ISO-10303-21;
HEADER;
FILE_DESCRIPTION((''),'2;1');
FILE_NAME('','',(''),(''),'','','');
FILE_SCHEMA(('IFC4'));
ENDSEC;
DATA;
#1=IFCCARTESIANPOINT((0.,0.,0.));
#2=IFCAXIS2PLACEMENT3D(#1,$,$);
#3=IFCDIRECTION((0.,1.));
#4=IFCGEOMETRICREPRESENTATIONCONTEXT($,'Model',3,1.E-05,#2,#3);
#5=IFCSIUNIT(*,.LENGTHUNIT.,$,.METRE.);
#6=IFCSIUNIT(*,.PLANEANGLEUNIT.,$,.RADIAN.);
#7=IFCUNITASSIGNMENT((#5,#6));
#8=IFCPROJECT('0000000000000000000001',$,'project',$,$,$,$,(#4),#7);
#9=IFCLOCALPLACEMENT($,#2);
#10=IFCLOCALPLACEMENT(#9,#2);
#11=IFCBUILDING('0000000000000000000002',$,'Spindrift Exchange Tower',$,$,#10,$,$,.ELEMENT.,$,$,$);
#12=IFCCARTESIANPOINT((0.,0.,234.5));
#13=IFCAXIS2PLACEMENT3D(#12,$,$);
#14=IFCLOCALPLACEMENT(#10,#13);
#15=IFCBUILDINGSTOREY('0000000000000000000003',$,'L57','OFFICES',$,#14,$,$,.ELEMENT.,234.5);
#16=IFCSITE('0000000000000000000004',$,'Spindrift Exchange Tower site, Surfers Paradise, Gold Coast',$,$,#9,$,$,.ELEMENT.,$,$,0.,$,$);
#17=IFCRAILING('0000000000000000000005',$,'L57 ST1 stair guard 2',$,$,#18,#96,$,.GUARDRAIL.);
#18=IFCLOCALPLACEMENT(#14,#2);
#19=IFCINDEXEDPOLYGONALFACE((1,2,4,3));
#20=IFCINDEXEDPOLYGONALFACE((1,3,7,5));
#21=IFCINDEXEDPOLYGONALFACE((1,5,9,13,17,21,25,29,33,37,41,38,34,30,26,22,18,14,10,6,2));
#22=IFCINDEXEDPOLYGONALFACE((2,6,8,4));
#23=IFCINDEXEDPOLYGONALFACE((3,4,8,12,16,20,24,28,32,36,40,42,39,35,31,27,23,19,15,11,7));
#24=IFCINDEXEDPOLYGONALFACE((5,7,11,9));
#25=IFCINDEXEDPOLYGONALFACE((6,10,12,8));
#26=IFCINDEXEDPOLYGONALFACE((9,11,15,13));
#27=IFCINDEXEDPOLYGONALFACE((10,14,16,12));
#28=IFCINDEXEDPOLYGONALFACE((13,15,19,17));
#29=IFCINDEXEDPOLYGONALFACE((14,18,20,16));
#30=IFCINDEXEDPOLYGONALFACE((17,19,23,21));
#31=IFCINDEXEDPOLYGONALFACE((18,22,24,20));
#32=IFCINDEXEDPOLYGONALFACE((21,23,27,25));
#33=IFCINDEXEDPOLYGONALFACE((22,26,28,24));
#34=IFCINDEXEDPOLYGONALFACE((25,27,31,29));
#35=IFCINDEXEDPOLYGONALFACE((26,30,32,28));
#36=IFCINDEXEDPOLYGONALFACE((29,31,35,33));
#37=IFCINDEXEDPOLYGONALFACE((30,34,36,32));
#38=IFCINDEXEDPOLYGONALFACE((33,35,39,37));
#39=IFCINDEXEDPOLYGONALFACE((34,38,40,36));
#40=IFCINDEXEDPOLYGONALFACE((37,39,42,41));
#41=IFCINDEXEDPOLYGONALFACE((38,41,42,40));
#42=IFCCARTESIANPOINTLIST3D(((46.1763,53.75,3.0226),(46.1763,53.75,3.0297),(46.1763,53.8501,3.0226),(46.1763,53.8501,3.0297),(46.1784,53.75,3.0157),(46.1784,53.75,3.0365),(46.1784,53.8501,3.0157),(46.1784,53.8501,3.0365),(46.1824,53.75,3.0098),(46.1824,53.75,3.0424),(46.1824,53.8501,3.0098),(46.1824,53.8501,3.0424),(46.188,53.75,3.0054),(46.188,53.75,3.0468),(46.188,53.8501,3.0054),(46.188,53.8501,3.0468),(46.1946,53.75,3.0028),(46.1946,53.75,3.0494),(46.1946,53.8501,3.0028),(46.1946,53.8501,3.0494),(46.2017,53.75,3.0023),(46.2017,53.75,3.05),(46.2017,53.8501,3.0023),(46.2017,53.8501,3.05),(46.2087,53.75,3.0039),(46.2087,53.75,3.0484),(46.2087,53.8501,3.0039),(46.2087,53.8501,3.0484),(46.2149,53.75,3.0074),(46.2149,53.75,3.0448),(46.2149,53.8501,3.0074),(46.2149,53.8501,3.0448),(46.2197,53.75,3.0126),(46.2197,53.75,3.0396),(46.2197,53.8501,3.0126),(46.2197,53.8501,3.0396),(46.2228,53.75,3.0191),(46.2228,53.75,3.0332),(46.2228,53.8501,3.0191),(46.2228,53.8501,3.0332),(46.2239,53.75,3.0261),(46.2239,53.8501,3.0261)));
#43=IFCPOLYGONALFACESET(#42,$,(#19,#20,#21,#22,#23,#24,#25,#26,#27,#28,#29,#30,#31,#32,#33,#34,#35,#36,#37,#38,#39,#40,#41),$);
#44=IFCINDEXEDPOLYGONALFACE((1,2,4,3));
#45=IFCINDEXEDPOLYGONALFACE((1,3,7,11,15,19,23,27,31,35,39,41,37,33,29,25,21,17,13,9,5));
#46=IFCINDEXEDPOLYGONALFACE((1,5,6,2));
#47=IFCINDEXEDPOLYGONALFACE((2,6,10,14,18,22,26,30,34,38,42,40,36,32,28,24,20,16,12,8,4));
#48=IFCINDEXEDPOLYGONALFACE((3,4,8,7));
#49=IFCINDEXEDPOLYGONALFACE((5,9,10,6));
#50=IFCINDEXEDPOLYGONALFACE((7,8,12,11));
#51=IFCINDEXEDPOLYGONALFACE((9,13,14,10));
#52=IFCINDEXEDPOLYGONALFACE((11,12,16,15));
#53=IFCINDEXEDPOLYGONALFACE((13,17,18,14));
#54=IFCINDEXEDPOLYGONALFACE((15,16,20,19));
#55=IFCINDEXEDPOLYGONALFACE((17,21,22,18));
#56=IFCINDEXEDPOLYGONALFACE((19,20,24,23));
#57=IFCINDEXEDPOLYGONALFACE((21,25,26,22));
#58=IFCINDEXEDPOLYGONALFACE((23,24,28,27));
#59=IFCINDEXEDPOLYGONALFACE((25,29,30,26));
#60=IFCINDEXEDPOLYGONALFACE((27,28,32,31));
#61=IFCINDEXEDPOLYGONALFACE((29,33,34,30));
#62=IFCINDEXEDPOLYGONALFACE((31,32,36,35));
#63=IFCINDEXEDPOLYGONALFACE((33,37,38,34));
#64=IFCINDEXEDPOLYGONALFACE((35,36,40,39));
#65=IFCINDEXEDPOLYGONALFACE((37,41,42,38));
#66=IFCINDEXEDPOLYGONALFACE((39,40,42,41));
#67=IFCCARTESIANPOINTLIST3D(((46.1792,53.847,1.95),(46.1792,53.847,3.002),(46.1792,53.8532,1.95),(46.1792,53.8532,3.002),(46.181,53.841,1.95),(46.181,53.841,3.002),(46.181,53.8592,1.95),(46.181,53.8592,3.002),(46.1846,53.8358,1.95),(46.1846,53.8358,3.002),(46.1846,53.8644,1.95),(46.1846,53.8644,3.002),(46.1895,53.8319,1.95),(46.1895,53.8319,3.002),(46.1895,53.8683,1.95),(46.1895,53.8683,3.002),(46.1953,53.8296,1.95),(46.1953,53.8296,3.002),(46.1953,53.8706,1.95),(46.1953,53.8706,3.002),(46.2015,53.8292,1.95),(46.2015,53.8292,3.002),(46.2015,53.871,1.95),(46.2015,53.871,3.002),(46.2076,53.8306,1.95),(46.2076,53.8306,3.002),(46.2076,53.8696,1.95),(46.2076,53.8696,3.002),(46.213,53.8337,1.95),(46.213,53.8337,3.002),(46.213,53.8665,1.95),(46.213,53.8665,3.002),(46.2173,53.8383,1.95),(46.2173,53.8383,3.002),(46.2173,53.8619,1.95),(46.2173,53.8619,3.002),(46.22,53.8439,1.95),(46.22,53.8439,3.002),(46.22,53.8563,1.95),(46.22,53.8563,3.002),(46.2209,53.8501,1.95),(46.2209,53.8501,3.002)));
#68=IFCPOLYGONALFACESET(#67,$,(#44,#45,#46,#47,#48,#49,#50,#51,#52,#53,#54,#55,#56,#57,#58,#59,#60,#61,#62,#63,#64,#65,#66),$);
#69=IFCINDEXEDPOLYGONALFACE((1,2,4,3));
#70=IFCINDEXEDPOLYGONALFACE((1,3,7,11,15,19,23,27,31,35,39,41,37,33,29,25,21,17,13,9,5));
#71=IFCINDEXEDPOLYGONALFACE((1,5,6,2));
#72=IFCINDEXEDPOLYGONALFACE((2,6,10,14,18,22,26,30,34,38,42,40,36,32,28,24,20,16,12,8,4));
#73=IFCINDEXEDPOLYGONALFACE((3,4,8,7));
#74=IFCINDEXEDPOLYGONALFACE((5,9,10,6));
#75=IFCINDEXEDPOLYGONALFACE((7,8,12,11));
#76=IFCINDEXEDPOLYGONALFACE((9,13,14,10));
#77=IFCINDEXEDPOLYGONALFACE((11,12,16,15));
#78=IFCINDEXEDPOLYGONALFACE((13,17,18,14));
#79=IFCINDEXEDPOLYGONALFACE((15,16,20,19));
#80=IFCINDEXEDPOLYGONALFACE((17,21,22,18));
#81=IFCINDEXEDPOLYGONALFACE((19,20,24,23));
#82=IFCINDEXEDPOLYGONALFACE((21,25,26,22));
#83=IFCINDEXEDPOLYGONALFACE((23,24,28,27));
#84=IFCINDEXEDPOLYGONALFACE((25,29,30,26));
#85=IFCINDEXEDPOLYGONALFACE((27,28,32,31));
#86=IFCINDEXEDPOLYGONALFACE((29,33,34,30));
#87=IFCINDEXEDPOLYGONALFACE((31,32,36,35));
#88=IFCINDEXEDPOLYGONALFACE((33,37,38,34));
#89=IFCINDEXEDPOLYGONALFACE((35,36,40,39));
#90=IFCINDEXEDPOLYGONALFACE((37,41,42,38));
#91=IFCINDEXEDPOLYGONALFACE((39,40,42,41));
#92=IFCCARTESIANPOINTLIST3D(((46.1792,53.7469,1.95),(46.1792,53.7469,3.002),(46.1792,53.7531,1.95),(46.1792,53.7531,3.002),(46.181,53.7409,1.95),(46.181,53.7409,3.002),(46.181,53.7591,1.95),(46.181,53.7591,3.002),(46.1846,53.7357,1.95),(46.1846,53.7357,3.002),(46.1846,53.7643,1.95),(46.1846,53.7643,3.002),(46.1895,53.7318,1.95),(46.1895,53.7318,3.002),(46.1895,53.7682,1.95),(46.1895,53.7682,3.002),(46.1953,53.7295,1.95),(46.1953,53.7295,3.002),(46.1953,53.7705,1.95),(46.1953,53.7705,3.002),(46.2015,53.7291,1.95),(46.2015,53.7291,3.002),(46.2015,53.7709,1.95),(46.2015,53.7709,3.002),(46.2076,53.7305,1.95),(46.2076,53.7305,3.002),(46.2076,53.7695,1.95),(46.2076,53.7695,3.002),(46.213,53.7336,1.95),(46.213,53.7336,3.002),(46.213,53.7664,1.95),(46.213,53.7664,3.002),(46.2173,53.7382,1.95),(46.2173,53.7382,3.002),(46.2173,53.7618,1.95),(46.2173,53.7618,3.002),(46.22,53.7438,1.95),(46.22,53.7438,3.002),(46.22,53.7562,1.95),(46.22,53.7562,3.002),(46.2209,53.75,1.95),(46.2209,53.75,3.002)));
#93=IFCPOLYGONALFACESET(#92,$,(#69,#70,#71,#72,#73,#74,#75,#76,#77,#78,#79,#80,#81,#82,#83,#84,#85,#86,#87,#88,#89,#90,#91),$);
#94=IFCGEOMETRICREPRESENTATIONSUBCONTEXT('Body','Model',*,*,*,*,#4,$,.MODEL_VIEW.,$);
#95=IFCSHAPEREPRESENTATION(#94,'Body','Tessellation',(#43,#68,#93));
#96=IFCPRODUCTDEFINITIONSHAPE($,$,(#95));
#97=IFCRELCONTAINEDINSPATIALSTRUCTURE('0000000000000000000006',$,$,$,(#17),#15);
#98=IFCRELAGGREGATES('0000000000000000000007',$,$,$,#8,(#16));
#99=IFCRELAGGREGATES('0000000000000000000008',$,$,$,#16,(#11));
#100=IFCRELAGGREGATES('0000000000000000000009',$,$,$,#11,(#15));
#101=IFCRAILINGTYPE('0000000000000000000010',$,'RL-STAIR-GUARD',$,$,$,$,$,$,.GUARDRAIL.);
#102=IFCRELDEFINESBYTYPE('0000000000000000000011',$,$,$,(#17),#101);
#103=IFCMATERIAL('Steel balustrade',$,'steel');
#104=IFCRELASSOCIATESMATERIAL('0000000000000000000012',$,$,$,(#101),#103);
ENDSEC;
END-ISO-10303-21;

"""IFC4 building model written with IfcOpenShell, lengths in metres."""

from ifc_helpers import new_model, si_unit, direction, frame, origin, origin_2d, place, context, subcontext, project, spatial, circle, extrude, material, type_object, element, save


model = new_model("IFC4")

# Units and contexts
model_context = context("Model", 3, precision=1e-05, world=origin(), true_north=direction((0.0, 1.0)))
body_context = subcontext(model_context, "Body", "Model", "MODEL_VIEW")
ifc_project = project(units=[si_unit("LENGTHUNIT", "METRE"), si_unit("PLANEANGLEUNIT", "RADIAN")], contexts=[model_context])

# Site, building, storey
site_placement = place(None, origin())
site = spatial("IfcSite", under=ifc_project, at=site_placement, Name="Spindrift Exchange Tower site, Surfers Paradise, Gold Coast", CompositionType="ELEMENT", RefElevation=0.0)
building_placement = place(site_placement, origin())
building = spatial("IfcBuilding", under=site, at=building_placement, Name="Spindrift Exchange Tower", CompositionType="ELEMENT")
storey_placement = place(building_placement, frame((0.0, 0.0, 234.5)))
storey = spatial("IfcBuildingStorey", under=building, at=storey_placement, Name="L57", Description="OFFICES", CompositionType="ELEMENT", Elevation=234.5)

# Railing
ifc_material_1 = material(Name="Steel balustrade", Category="steel")
railing_type_1 = type_object("IfcRailingType", Name="RL-STAIR-GUARD", PredefinedType="GUARDRAIL", material=ifc_material_1)
railing_1_placement = place(storey_placement, frame((46.2, 53.8501, 1.95)))
element("IfcRailing", 1, at=railing_1_placement, inside=storey, type_object=railing_type_1, Name="L57 ST1 stair guard 2", PredefinedType="GUARDRAIL", context=body_context, shape_type="SweptSolid", body=[
    extrude(circle(Radius=0.0239, at=origin_2d()), frame((0.0, 0.0, 1.0762), z_axis=(0.0, -1.0, 0.0), x_axis=(1.0, 0.0, 0.0)), (0.0, 0.0, 1.0), 0.1001),
    extrude(circle(Radius=0.021, at=origin_2d()), origin(), (0.0, 0.0, 1.0), 1.052),
    extrude(circle(Radius=0.021, at=origin_2d()), frame((0.0, -0.1001, 0.0)), (0.0, 0.0, 1.0), 1.052),
])

save(model, "model.ifc")
